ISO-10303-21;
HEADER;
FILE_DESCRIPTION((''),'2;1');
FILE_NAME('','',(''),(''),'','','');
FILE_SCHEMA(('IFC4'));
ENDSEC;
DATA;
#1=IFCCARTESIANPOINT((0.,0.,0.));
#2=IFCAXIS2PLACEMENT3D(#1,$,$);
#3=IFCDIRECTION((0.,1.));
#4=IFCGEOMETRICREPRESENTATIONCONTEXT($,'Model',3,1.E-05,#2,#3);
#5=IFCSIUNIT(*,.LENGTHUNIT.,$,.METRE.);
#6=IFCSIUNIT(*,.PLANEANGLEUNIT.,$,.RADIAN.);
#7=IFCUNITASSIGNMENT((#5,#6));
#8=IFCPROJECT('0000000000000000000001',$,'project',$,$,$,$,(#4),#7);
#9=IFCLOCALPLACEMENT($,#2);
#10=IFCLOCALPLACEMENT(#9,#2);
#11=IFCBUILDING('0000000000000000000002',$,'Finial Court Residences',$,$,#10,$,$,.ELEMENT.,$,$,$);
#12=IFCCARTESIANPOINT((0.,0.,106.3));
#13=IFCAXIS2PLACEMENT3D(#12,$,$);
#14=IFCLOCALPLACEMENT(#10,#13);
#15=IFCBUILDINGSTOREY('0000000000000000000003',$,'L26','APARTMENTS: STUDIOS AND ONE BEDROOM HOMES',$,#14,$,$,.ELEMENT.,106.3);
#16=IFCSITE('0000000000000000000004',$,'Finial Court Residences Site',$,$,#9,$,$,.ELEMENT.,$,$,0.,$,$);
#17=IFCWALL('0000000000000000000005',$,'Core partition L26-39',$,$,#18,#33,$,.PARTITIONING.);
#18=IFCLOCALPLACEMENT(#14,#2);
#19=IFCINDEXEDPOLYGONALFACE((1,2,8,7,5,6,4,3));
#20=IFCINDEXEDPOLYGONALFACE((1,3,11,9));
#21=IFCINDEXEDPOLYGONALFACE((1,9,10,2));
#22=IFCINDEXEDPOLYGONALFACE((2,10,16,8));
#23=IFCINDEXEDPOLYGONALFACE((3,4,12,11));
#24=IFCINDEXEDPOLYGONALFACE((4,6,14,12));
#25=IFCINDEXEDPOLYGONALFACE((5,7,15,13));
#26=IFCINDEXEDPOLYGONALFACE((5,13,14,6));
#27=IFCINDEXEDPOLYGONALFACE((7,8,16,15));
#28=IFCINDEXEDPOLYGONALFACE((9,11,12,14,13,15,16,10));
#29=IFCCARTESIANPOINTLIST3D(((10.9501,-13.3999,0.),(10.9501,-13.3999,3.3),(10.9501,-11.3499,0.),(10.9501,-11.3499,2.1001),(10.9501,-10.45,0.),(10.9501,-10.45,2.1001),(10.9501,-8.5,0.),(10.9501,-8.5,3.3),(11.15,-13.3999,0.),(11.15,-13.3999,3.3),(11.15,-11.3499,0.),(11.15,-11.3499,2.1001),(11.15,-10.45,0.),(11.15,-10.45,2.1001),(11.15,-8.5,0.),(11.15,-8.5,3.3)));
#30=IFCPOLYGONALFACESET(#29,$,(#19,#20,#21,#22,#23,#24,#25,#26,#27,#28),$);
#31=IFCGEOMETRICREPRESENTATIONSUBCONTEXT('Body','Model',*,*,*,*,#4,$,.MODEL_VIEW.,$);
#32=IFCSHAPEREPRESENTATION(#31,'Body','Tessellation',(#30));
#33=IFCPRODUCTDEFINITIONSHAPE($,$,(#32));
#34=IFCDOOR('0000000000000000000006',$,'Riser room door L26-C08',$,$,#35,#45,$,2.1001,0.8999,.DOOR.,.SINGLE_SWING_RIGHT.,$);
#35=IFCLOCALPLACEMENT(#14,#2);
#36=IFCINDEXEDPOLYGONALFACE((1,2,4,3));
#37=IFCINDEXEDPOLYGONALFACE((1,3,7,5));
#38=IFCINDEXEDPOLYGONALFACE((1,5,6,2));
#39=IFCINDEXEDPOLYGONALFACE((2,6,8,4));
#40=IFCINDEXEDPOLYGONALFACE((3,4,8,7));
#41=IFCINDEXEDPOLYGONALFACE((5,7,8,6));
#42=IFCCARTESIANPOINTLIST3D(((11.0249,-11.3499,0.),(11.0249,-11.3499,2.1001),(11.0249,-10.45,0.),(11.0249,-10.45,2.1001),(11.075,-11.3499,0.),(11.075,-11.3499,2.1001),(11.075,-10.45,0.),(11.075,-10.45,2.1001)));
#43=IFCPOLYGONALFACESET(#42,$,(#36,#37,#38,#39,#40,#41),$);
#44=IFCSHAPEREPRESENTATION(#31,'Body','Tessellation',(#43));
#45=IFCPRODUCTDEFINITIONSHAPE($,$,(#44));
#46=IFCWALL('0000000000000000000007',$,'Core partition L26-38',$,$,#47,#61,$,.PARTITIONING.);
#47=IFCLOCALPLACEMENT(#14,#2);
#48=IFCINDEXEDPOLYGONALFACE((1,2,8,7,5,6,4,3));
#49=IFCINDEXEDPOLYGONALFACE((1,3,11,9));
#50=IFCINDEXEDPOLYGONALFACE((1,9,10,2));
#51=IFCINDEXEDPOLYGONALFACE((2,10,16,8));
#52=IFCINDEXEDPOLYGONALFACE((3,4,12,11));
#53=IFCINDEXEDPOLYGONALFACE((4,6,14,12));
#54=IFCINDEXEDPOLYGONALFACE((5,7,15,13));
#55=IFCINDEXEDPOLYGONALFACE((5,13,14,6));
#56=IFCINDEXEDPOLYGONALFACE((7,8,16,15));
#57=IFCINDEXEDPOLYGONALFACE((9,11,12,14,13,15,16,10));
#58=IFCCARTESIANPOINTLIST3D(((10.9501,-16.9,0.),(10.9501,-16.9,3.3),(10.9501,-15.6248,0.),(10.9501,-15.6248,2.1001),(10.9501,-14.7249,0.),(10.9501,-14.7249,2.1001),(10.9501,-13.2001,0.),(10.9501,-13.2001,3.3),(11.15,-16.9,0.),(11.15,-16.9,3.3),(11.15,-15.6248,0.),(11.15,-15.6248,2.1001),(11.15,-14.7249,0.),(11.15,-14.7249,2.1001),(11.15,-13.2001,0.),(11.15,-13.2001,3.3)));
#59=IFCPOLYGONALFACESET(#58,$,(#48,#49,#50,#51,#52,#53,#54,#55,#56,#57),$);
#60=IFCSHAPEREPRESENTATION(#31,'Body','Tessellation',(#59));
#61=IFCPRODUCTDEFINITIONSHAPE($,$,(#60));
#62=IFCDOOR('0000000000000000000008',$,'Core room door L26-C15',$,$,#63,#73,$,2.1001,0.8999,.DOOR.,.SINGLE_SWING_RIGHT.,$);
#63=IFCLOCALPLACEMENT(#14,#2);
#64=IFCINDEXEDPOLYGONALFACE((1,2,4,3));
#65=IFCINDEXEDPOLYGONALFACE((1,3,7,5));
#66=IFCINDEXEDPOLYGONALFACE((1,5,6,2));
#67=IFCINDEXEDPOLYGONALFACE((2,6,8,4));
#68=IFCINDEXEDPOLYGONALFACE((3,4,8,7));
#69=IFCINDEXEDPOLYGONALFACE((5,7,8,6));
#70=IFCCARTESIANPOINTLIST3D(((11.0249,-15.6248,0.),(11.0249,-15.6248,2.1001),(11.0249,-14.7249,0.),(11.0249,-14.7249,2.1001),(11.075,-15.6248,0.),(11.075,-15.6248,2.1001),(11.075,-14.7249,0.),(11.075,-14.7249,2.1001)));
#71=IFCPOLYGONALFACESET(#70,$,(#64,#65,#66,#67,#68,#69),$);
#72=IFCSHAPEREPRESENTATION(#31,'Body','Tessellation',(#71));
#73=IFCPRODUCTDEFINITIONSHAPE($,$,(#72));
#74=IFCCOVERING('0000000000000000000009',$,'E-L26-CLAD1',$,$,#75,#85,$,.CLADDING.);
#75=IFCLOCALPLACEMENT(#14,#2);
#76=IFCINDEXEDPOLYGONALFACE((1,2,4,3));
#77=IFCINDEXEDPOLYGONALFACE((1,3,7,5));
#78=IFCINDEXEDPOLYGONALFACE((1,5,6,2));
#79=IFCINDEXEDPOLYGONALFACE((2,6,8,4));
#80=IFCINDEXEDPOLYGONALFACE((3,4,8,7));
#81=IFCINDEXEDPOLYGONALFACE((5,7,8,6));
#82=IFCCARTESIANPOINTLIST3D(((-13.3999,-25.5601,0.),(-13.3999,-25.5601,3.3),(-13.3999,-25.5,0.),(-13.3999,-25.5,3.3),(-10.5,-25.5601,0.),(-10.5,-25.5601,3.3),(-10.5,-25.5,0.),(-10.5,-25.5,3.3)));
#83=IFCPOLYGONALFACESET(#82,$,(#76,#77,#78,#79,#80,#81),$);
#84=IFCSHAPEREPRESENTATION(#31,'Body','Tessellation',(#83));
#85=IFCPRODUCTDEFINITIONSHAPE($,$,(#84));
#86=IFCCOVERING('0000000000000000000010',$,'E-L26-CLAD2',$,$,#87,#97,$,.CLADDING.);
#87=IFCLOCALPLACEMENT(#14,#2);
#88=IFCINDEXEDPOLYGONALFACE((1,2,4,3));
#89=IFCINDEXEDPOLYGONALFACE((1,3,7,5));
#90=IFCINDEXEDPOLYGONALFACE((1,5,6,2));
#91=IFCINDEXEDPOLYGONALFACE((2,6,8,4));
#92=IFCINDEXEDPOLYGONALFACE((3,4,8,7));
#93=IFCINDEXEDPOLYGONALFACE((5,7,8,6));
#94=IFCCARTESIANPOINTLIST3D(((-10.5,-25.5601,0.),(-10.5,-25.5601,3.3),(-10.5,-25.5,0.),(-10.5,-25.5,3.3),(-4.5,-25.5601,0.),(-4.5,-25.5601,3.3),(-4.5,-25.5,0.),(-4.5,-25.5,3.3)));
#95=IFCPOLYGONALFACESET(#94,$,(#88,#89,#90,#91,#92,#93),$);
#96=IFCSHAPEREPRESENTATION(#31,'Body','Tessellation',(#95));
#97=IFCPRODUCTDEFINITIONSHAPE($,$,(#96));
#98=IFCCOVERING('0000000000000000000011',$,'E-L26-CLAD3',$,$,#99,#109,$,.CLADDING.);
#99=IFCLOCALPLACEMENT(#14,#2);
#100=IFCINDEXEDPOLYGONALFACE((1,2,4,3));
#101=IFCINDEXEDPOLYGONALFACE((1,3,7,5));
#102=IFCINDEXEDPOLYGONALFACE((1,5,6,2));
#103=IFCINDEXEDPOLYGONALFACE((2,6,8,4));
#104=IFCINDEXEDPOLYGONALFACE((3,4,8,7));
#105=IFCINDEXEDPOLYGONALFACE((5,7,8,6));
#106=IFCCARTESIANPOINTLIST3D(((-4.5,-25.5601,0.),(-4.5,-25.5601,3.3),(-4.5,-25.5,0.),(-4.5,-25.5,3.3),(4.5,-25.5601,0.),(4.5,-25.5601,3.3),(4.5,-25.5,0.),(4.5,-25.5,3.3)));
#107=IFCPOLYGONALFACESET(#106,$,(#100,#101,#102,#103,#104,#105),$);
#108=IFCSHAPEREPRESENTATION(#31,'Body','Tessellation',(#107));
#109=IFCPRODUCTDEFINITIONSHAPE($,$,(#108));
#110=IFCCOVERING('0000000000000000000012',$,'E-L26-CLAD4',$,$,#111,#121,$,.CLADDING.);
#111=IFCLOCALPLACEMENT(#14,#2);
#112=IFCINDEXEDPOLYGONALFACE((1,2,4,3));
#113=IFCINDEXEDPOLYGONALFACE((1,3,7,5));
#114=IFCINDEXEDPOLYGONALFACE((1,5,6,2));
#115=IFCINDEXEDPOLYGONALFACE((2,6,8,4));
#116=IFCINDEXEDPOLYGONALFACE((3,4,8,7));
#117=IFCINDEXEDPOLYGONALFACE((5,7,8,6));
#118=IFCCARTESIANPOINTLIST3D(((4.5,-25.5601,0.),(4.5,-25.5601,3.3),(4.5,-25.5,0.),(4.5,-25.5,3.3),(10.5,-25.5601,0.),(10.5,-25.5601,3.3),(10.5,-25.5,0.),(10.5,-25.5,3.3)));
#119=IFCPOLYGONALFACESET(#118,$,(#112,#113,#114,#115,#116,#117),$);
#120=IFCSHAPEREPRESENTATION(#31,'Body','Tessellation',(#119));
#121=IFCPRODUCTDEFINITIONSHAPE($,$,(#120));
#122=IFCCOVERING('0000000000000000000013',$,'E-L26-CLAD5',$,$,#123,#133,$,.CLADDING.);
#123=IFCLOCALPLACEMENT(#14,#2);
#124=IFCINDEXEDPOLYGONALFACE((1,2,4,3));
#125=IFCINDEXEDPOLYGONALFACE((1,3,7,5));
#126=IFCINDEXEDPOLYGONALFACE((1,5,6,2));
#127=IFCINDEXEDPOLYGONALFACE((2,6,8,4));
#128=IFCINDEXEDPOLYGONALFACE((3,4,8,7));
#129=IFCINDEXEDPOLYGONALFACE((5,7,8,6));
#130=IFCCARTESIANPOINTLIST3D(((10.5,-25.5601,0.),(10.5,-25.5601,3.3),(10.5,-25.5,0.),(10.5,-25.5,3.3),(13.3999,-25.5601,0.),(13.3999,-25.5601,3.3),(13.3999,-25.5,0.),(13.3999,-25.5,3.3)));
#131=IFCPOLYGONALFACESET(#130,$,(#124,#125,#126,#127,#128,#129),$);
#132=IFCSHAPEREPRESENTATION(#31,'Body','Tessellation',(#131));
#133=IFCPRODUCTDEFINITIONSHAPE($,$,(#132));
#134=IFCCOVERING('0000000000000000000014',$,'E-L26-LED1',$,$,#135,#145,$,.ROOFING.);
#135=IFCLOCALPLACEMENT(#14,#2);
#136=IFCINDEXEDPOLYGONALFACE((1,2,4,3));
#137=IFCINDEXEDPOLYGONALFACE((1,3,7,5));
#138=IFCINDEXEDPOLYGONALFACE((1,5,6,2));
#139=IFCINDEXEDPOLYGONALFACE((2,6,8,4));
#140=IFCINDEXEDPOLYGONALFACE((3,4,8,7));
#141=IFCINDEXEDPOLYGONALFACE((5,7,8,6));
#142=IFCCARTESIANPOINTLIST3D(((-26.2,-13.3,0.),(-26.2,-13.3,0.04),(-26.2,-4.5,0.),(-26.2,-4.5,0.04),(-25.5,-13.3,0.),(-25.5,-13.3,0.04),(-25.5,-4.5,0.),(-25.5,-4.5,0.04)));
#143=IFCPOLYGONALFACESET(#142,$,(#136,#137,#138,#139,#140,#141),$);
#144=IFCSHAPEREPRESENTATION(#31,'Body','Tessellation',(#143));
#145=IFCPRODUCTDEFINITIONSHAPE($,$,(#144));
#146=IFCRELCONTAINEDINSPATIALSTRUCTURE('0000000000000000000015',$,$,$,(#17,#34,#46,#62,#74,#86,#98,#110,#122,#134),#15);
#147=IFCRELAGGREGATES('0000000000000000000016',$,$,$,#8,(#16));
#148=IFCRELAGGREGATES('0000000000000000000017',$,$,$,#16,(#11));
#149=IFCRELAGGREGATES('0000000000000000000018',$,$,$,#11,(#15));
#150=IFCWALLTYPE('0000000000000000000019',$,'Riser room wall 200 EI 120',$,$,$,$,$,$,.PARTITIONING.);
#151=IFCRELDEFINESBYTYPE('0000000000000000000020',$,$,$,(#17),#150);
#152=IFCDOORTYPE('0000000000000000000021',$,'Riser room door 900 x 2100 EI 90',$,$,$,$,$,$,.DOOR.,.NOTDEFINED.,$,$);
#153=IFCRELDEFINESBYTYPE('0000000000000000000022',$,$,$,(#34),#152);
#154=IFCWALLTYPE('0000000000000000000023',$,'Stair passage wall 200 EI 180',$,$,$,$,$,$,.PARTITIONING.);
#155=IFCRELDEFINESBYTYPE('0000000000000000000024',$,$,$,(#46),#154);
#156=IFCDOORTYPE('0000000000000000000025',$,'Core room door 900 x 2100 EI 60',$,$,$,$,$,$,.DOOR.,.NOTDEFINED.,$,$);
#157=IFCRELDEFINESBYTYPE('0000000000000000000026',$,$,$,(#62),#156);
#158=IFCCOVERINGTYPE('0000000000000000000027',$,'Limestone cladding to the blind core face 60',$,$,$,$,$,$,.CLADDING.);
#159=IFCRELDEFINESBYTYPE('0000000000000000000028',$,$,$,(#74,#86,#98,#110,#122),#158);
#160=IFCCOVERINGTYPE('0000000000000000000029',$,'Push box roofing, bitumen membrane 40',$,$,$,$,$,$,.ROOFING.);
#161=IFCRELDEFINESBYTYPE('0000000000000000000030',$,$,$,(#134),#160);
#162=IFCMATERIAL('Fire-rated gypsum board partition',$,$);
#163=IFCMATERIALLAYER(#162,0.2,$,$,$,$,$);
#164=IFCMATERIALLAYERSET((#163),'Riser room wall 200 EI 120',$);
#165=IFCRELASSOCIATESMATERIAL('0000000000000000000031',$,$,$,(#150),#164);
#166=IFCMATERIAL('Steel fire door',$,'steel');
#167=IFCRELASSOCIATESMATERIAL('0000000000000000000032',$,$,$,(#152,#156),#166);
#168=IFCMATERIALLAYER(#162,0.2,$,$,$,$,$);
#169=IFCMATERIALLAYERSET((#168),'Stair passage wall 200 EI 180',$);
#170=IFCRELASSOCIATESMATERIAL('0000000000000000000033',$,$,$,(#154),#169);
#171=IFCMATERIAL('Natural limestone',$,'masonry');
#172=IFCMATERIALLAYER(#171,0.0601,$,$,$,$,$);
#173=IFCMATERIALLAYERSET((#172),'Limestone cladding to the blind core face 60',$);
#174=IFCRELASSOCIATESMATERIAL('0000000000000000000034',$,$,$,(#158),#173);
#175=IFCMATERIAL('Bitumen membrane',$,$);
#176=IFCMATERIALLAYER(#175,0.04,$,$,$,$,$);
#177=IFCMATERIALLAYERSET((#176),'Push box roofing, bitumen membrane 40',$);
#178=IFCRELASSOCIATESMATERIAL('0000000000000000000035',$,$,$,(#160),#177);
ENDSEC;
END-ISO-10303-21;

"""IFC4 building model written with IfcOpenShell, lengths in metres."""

from ifc_helpers import new_model, si_unit, direction, frame, frame_2d, origin, place, context, subcontext, project, spatial, polyline, rectangle, outline, extrude, material, layer, layer_set, type_object, element, fill, save


model = new_model("IFC4")

# Units and contexts
model_context = context("Model", 3, precision=1e-05, world=origin(), true_north=direction((0.0, 1.0)))
body_context = subcontext(model_context, "Body", "Model", "MODEL_VIEW")
ifc_project = project(units=[si_unit("LENGTHUNIT", "METRE"), si_unit("PLANEANGLEUNIT", "RADIAN")], contexts=[model_context])

# Site, building, storey
site_placement = place(None, origin())
site = spatial("IfcSite", under=ifc_project, at=site_placement, Name="Finial Court Residences Site", CompositionType="ELEMENT", RefElevation=0.0)
building_placement = place(site_placement, origin())
building = spatial("IfcBuilding", under=site, at=building_placement, Name="Finial Court Residences", CompositionType="ELEMENT")
storey_placement = place(building_placement, frame((0.0, 0.0, 106.3)))
storey = spatial("IfcBuildingStorey", under=building, at=storey_placement, Name="L26", Description="APARTMENTS: STUDIOS AND ONE BEDROOM HOMES", CompositionType="ELEMENT", Elevation=106.3)

# Shared definitions
ifc_material_1 = material(Name="Fire-rated gypsum board partition")
ifc_material_2 = material(Name="Steel fire door", Category="steel")

# Shared definitions
ifc_layer_1 = layer(ifc_material_1, 0.2)
ifc_layer_set_1 = layer_set([ifc_layer_1], Name="Riser room wall 200 EI 120")
wall_type_1 = type_object("IfcWallType", Name="Riser room wall 200 EI 120", PredefinedType="PARTITIONING", material=ifc_layer_set_1)

# Walls, openings, doors
wall_1_placement = place(storey_placement, frame((11.05, -8.5, 0.0), z_axis=(0.0, 0.0, 1.0), x_axis=(0.0, -1.0, 0.0)))
wall_1 = element("IfcWall", 1, at=wall_1_placement, inside=storey, type_object=wall_type_1, Name="Core partition L26-39", PredefinedType="PARTITIONING", context=body_context, shape_type="SweptSolid", body=[
    extrude(rectangle(XDim=4.8999, YDim=0.2, at=frame_2d((2.45, 0.0))), origin(), (0.0, 0.0, 1.0), 3.3),
])
opening_1_placement = place(wall_1_placement, frame((1.95, 0.0, 0.0)))
opening_1 = element("IfcOpeningElement", 2, at=opening_1_placement, cuts=wall_1, PredefinedType="OPENING", context=body_context, shape_type="SweptSolid", body=[
    extrude(rectangle(XDim=0.8999, YDim=2.1001, at=frame_2d((0.45, 1.05))), frame((0.0, 0.1099, 0.0), z_axis=(0.0, -1.0, 0.0), x_axis=(1.0, 0.0, 0.0)), (0.0, 0.0, 1.0), 0.22),
])
door_type_1 = type_object("IfcDoorType", Name="Riser room door 900 x 2100 EI 90", OperationType="NOTDEFINED", PredefinedType="DOOR", material=ifc_material_2)
door_1_placement = place(opening_1_placement, origin())
door_1 = element("IfcDoor", 3, at=door_1_placement, inside=storey, type_object=door_type_1, Name="Riser room door L26-C08", OperationType="SINGLE_SWING_RIGHT", OverallHeight=2.1001, OverallWidth=0.8999, PredefinedType="DOOR", context=body_context, shape_type="SweptSolid", body=[
    extrude(rectangle(XDim=0.8999, YDim=2.1001, at=frame_2d((0.45, 1.05))), frame((0.0, 0.0249, 0.0), z_axis=(0.0, -1.0, 0.0), x_axis=(1.0, 0.0, 0.0)), (0.0, 0.0, 1.0), 0.05),
])
fill(opening_1, door_1)
ifc_layer_2 = layer(ifc_material_1, 0.2)
ifc_layer_set_2 = layer_set([ifc_layer_2], Name="Stair passage wall 200 EI 180")
wall_type_2 = type_object("IfcWallType", Name="Stair passage wall 200 EI 180", PredefinedType="PARTITIONING", material=ifc_layer_set_2)
wall_2_placement = place(storey_placement, frame((11.05, -13.2, 0.0), z_axis=(0.0, 0.0, 1.0), x_axis=(0.0, -1.0, 0.0)))
wall_2 = element("IfcWall", 4, at=wall_2_placement, inside=storey, type_object=wall_type_2, Name="Core partition L26-38", PredefinedType="PARTITIONING", context=body_context, shape_type="SweptSolid", body=[
    extrude(rectangle(XDim=3.7, YDim=0.2, at=frame_2d((1.8501, 0.0))), origin(), (0.0, 0.0, 1.0), 3.3),
])
opening_2_placement = place(wall_2_placement, frame((1.5249, 0.0, 0.0)))
opening_2 = element("IfcOpeningElement", 5, at=opening_2_placement, cuts=wall_2, PredefinedType="OPENING", context=body_context, shape_type="SweptSolid", body=[
    extrude(rectangle(XDim=0.8999, YDim=2.1001, at=frame_2d((0.45, 1.05))), frame((0.0, 0.1099, 0.0), z_axis=(0.0, -1.0, 0.0), x_axis=(1.0, 0.0, 0.0)), (0.0, 0.0, 1.0), 0.22),
])
door_type_2 = type_object("IfcDoorType", Name="Core room door 900 x 2100 EI 60", OperationType="NOTDEFINED", PredefinedType="DOOR", material=ifc_material_2)
door_2_placement = place(opening_2_placement, origin())
door_2 = element("IfcDoor", 6, at=door_2_placement, inside=storey, type_object=door_type_2, Name="Core room door L26-C15", OperationType="SINGLE_SWING_RIGHT", OverallHeight=2.1001, OverallWidth=0.8999, PredefinedType="DOOR", context=body_context, shape_type="SweptSolid", body=[
    extrude(rectangle(XDim=0.8999, YDim=2.1001, at=frame_2d((0.45, 1.05))), frame((0.0, 0.0249, 0.0), z_axis=(0.0, -1.0, 0.0), x_axis=(1.0, 0.0, 0.0)), (0.0, 0.0, 1.0), 0.05),
])
fill(opening_2, door_2)

# Coverings
ifc_material_3 = material(Name="Natural limestone", Category="masonry")
ifc_layer_3 = layer(ifc_material_3, 0.0601)
ifc_layer_set_3 = layer_set([ifc_layer_3], Name="Limestone cladding to the blind core face 60")
covering_type_1 = type_object("IfcCoveringType", Name="Limestone cladding to the blind core face 60", PredefinedType="CLADDING", material=ifc_layer_set_3)
covering_1_placement = place(storey_placement, origin())
element("IfcCovering", 7, at=covering_1_placement, inside=storey, type_object=covering_type_1, Name="E-L26-CLAD1", PredefinedType="CLADDING", context=body_context, shape_type="SweptSolid", body=[
    extrude(outline(polyline([(-10.5, -25.5601), (-10.5, -25.5), (-13.3999, -25.5), (-13.3999, -25.5601), (-10.5, -25.5601)])), origin(), (0.0, 0.0, 1.0), 3.3),
])
covering_2_placement = place(storey_placement, origin())
element("IfcCovering", 8, at=covering_2_placement, inside=storey, type_object=covering_type_1, Name="E-L26-CLAD2", PredefinedType="CLADDING", context=body_context, shape_type="SweptSolid", body=[
    extrude(outline(polyline([(-4.5, -25.5601), (-4.5, -25.5), (-10.5, -25.5), (-10.5, -25.5601), (-4.5, -25.5601)])), origin(), (0.0, 0.0, 1.0), 3.3),
])
covering_3_placement = place(storey_placement, origin())
element("IfcCovering", 9, at=covering_3_placement, inside=storey, type_object=covering_type_1, Name="E-L26-CLAD3", PredefinedType="CLADDING", context=body_context, shape_type="SweptSolid", body=[
    extrude(outline(polyline([(4.5, -25.5601), (4.5, -25.5), (-4.5, -25.5), (-4.5, -25.5601), (4.5, -25.5601)])), origin(), (0.0, 0.0, 1.0), 3.3),
])
covering_4_placement = place(storey_placement, origin())
element("IfcCovering", 10, at=covering_4_placement, inside=storey, type_object=covering_type_1, Name="E-L26-CLAD4", PredefinedType="CLADDING", context=body_context, shape_type="SweptSolid", body=[
    extrude(outline(polyline([(10.5, -25.5601), (10.5, -25.5), (4.5, -25.5), (4.5, -25.5601), (10.5, -25.5601)])), origin(), (0.0, 0.0, 1.0), 3.3),
])
covering_5_placement = place(storey_placement, origin())
element("IfcCovering", 11, at=covering_5_placement, inside=storey, type_object=covering_type_1, Name="E-L26-CLAD5", PredefinedType="CLADDING", context=body_context, shape_type="SweptSolid", body=[
    extrude(outline(polyline([(13.3999, -25.5601), (13.3999, -25.5), (10.5, -25.5), (10.5, -25.5601), (13.3999, -25.5601)])), origin(), (0.0, 0.0, 1.0), 3.3),
])
ifc_material_4 = material(Name="Bitumen membrane")
ifc_layer_4 = layer(ifc_material_4, 0.04)
ifc_layer_set_4 = layer_set([ifc_layer_4], Name="Push box roofing, bitumen membrane 40")
covering_type_2 = type_object("IfcCoveringType", Name="Push box roofing, bitumen membrane 40", PredefinedType="ROOFING", material=ifc_layer_set_4)
covering_6_placement = place(storey_placement, origin())
element("IfcCovering", 12, at=covering_6_placement, inside=storey, type_object=covering_type_2, Name="E-L26-LED1", PredefinedType="ROOFING", context=body_context, shape_type="SweptSolid", body=[
    extrude(outline(polyline([(-25.5, -13.3), (-26.2, -13.3), (-26.2, -4.5), (-25.5, -4.5), (-25.5, -13.3)])), origin(), (0.0, 0.0, 1.0), 0.04),
])

save(model, "model.ifc")
